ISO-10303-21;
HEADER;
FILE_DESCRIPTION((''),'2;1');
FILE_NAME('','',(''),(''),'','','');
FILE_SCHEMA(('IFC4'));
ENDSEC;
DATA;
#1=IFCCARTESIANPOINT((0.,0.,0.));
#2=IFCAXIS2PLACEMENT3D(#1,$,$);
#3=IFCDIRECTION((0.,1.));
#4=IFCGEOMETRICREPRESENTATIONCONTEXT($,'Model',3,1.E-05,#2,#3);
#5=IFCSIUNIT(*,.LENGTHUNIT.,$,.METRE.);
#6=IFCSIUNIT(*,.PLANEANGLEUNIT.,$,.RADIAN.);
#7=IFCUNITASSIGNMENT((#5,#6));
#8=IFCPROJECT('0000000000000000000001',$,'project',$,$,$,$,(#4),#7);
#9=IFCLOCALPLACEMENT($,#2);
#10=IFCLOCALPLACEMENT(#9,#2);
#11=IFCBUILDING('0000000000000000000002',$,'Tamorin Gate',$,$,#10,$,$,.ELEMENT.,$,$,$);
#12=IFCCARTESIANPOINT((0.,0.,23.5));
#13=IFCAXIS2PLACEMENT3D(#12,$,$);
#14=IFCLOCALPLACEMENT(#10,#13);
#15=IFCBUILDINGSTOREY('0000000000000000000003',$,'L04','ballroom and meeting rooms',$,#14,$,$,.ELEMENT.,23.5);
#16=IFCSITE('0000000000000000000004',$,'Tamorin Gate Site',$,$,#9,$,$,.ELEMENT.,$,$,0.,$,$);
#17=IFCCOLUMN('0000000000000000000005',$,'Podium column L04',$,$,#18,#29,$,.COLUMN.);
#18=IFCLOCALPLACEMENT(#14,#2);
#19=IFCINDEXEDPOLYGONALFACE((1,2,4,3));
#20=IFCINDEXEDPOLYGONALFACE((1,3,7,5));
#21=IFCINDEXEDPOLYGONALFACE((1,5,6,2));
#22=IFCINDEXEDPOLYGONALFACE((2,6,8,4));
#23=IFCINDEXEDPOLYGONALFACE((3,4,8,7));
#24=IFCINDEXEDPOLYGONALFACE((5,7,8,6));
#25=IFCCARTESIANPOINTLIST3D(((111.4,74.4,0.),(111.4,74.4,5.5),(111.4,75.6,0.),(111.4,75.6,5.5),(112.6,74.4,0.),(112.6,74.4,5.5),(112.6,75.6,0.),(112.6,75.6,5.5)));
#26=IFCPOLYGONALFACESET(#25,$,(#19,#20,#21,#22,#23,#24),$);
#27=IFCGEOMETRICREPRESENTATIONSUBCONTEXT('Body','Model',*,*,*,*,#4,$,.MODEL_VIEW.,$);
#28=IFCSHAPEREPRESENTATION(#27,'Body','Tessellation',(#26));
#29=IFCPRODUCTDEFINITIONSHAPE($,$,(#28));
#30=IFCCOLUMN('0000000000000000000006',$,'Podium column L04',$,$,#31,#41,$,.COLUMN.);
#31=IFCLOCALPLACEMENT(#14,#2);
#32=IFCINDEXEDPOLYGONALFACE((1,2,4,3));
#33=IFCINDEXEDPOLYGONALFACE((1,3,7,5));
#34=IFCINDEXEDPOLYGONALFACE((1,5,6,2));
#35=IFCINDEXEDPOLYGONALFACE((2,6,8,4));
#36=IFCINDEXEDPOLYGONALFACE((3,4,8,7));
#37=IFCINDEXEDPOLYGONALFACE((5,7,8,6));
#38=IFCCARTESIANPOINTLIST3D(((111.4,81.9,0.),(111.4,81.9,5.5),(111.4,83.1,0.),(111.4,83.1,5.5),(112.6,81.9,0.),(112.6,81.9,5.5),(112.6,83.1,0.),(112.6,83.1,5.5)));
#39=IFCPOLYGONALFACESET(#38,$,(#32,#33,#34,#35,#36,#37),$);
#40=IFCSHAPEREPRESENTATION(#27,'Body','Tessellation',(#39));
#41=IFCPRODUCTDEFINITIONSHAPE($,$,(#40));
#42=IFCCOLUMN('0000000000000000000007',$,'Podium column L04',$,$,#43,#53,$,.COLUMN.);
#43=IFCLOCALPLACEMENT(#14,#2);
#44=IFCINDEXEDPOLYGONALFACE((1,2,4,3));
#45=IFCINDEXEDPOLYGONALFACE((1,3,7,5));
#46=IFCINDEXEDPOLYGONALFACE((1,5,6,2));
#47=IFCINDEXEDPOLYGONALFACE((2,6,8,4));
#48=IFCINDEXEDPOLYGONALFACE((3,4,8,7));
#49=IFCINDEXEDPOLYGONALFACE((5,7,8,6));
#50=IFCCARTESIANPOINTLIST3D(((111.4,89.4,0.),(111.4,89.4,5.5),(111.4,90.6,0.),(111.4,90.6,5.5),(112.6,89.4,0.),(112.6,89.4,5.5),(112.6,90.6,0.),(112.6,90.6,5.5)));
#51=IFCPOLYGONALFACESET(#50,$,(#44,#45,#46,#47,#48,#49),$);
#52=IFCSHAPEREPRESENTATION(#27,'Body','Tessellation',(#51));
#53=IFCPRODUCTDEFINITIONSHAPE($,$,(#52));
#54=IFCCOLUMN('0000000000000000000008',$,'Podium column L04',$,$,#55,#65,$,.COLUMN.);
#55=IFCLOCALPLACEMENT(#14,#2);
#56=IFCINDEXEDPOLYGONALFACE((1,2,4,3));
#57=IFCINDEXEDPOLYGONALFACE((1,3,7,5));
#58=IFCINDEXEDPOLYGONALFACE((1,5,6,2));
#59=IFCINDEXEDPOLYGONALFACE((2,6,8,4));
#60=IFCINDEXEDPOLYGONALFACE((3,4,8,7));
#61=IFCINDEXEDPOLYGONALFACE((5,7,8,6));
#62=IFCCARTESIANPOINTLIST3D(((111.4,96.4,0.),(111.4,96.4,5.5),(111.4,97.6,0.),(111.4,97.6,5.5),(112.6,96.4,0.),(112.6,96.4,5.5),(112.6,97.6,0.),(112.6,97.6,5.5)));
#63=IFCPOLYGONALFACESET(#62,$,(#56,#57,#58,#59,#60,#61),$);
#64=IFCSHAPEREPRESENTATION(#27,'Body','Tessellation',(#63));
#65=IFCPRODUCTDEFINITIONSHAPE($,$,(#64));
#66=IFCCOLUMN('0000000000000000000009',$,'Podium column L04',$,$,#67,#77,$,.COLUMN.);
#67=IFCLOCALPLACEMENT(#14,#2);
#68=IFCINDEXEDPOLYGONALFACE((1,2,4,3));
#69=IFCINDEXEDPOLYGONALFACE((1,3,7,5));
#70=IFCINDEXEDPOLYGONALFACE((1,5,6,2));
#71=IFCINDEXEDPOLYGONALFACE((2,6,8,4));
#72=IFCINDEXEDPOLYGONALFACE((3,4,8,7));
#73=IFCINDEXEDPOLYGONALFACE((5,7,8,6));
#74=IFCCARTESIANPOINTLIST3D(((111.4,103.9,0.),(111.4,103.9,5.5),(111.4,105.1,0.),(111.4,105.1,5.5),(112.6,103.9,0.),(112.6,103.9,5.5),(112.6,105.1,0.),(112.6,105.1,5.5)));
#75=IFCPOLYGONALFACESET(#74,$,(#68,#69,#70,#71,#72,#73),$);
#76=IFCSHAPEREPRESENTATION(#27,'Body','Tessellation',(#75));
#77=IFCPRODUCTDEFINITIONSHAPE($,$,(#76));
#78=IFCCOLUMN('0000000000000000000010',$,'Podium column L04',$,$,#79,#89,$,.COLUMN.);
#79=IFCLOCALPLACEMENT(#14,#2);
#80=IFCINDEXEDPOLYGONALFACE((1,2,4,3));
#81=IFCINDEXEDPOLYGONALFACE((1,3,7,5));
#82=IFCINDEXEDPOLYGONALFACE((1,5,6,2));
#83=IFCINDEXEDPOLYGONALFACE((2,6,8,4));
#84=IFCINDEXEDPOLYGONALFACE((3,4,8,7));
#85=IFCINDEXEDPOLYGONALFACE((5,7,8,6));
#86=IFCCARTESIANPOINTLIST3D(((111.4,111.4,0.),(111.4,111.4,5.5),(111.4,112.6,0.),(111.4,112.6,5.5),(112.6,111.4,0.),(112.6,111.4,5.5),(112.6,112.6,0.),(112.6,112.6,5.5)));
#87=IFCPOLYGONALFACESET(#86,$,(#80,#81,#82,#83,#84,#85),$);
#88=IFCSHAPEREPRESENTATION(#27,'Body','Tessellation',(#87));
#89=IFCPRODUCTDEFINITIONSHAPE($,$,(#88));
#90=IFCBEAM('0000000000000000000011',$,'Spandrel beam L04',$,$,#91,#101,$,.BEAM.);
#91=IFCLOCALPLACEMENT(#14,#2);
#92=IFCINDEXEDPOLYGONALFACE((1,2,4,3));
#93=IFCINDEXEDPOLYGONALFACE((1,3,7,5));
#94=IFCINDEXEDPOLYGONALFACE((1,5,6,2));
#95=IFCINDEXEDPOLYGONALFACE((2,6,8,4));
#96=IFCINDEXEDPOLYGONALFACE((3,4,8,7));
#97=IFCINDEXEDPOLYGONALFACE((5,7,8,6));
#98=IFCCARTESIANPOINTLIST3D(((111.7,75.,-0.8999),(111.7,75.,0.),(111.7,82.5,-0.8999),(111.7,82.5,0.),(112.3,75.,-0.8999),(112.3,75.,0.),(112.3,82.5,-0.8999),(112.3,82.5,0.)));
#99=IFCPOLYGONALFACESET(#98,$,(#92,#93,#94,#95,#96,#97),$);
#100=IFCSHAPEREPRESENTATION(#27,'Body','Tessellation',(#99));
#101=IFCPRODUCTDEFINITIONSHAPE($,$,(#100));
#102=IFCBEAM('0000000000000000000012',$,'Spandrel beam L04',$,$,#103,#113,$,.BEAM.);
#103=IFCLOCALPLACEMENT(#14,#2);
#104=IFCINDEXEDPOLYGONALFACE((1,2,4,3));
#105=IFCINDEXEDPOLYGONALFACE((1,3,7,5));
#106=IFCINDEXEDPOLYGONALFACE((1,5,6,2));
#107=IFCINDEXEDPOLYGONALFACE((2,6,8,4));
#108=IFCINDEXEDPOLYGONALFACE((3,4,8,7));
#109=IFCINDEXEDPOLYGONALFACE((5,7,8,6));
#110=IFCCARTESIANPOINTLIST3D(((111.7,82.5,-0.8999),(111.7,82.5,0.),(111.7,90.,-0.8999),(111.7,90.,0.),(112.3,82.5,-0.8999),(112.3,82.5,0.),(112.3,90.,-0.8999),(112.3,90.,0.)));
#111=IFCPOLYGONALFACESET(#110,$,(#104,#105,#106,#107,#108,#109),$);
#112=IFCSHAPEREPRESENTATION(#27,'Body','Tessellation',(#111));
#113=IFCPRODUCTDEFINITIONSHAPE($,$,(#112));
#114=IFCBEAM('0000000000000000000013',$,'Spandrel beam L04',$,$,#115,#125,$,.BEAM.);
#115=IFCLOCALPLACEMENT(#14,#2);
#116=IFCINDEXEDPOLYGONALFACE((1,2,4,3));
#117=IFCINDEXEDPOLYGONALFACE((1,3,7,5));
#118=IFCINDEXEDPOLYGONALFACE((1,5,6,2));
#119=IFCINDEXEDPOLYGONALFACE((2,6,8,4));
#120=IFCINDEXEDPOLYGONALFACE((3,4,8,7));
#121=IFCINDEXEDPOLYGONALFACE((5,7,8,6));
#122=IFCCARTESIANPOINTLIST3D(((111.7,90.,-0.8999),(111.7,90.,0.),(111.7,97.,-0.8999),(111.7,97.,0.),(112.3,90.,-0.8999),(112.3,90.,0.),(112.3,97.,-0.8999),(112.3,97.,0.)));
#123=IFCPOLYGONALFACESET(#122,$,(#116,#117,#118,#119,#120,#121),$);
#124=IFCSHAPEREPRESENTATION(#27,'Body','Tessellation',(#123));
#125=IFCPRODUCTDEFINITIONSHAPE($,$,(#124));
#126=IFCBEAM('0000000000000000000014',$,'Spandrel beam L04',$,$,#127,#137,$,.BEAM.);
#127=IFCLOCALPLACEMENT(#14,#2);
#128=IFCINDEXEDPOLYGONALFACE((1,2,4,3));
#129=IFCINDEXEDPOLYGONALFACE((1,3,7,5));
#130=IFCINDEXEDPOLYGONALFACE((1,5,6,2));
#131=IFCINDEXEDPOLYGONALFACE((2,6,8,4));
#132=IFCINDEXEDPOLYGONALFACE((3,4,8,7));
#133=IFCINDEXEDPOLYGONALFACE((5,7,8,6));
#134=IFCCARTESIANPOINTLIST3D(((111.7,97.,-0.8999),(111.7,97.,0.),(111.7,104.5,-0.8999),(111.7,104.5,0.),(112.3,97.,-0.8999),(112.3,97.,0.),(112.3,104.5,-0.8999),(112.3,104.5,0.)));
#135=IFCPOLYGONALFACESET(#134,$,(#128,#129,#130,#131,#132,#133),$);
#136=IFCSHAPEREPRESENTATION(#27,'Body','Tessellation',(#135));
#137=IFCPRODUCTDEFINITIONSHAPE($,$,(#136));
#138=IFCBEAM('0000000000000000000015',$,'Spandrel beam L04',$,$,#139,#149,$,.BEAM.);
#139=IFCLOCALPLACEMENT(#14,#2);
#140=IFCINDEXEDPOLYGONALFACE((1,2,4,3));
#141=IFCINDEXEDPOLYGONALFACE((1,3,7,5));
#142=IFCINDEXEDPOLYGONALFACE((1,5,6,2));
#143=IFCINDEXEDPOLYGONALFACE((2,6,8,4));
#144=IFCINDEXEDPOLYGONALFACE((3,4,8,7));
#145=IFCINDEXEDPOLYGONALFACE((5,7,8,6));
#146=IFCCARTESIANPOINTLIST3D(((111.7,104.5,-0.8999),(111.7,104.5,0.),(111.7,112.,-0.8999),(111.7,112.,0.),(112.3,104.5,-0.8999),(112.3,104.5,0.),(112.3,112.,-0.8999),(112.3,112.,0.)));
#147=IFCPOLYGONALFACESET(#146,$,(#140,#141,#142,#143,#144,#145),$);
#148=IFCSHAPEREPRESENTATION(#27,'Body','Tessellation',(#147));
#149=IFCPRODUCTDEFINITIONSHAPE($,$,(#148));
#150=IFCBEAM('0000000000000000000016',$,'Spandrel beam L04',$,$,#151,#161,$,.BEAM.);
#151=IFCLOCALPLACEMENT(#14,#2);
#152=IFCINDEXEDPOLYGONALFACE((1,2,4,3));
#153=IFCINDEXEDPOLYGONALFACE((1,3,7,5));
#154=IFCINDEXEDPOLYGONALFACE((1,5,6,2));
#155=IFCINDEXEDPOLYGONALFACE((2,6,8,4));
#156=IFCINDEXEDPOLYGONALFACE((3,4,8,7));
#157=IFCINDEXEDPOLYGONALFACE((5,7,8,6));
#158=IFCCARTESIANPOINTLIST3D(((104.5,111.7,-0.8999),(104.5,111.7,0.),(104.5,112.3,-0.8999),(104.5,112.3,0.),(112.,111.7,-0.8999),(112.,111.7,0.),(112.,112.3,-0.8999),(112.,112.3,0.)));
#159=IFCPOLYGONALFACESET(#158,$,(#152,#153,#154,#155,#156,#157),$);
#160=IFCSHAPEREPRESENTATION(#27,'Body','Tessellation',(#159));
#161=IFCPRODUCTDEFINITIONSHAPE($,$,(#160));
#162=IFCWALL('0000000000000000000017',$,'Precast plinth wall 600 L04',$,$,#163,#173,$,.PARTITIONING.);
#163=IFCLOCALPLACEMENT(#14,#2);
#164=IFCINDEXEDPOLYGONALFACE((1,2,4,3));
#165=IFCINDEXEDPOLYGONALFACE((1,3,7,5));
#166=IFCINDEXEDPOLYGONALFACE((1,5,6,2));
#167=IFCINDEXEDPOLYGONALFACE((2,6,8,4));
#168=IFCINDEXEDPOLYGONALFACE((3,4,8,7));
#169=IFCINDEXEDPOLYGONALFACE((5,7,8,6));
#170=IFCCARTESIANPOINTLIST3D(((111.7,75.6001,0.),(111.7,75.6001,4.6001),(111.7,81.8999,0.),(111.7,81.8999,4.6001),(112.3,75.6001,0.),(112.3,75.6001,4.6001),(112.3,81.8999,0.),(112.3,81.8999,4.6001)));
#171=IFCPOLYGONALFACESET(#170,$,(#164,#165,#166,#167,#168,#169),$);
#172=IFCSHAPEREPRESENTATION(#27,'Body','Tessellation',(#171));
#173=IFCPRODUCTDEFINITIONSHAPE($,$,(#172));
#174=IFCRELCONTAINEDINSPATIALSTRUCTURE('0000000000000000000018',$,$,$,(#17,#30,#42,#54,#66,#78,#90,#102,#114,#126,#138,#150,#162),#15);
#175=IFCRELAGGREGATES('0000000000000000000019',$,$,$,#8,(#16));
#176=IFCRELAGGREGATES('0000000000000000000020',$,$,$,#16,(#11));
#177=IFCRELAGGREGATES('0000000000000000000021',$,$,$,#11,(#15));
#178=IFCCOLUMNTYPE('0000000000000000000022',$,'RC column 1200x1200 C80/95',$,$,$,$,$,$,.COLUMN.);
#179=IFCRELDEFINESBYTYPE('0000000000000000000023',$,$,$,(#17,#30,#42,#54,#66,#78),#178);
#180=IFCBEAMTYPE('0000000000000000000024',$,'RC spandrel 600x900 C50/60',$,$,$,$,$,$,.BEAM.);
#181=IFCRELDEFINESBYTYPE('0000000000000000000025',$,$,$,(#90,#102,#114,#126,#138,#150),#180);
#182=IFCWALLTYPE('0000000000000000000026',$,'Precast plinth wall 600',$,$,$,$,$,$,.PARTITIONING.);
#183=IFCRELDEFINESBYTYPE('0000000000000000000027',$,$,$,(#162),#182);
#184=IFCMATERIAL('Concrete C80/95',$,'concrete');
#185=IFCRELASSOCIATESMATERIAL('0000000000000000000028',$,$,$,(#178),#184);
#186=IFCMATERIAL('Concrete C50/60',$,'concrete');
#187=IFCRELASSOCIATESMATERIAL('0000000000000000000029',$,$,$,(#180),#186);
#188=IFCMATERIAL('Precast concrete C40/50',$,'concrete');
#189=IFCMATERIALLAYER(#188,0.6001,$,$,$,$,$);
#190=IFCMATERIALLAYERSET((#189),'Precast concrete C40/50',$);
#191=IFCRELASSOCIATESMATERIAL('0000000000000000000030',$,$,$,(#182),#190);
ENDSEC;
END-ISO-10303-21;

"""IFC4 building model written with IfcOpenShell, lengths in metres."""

from ifc_helpers import new_model, si_unit, direction, frame, frame_2d, origin, origin_2d, place, context, subcontext, project, spatial, rectangle, extrude, material, layer, layer_set, material_profile, profile_set, type_object, element, save


model = new_model("IFC4")

# Units and contexts
model_context = context("Model", 3, precision=1e-05, world=origin(), true_north=direction((0.0, 1.0)))
body_context = subcontext(model_context, "Body", "Model", "MODEL_VIEW")
ifc_project = project(units=[si_unit("LENGTHUNIT", "METRE"), si_unit("PLANEANGLEUNIT", "RADIAN")], contexts=[model_context])

# Site, building, storey
site_placement = place(None, origin())
site = spatial("IfcSite", under=ifc_project, at=site_placement, Name="Tamorin Gate Site", CompositionType="ELEMENT", RefElevation=0.0)
building_placement = place(site_placement, origin())
building = spatial("IfcBuilding", under=site, at=building_placement, Name="Tamorin Gate", CompositionType="ELEMENT")
storey_placement = place(building_placement, frame((0.0, 0.0, 23.5)))
storey = spatial("IfcBuildingStorey", under=building, at=storey_placement, Name="L04", Description="ballroom and meeting rooms", CompositionType="ELEMENT", Elevation=23.5)

# Columns
ifc_material_1 = material(Name="Concrete C80/95", Category="concrete")
ifc_material_profile_1 = material_profile(ifc_material_1, rectangle(XDim=1.2, YDim=1.2, at=origin_2d()), Name="RC 1200x1200")
ifc_profile_set_1 = profile_set([ifc_material_profile_1], Name="Concrete C80/95")
column_type = type_object("IfcColumnType", Name="RC column 1200x1200 C80/95", PredefinedType="COLUMN", material=ifc_profile_set_1)
for number, where, z_axis, x_axis, name in (
    (1, (112.0, 75.0, 0.0), (0.0, 0.0, 1.0), (1.0, 0.0, 0.0), "Podium column L04"),
    (2, (112.0, 82.5, 0.0), (0.0, 0.0, 1.0), (1.0, 0.0, 0.0), "Podium column L04"),
    (3, (112.0, 90.0, 0.0), (0.0, 0.0, 1.0), (1.0, 0.0, 0.0), "Podium column L04"),
    (4, (112.0, 97.0, 0.0), (0.0, 0.0, 1.0), (1.0, 0.0, 0.0), "Podium column L04"),
    (5, (112.0, 104.5, 0.0), (0.0, 0.0, 1.0), (1.0, 0.0, 0.0), "Podium column L04"),
    (6, (112.0, 112.0, 0.0), (0.0, 0.0, 1.0), (1.0, 0.0, 0.0), "Podium column L04"),
):
    element("IfcColumn", number, at=place(storey_placement, frame(where, z_axis=z_axis, x_axis=x_axis)), inside=storey, type_object=column_type, Name=name, PredefinedType="COLUMN", context=body_context, shape_type="SweptSolid", body=[
        extrude(rectangle(XDim=1.2, YDim=1.2, at=origin_2d()), origin(), (0.0, 0.0, 1.0), 5.5),
    ])

# Beams
ifc_material_2 = material(Name="Concrete C50/60", Category="concrete")
ifc_material_profile_2 = material_profile(ifc_material_2, rectangle(XDim=0.6001, YDim=0.8999, at=origin_2d()), Name="RC 600x900")
ifc_profile_set_2 = profile_set([ifc_material_profile_2], Name="Concrete C50/60")
beam_type = type_object("IfcBeamType", Name="RC spandrel 600x900 C50/60", PredefinedType="BEAM", material=ifc_profile_set_2)
for number, where, z_axis, x_axis, name in (
    (7, (112.0, 75.0, -0.45), (0.0, 1.0, 0.0), (-1.0, 0.0, 0.0), "Spandrel beam L04"),
    (8, (112.0, 82.5, -0.45), (0.0, 1.0, 0.0), (-1.0, 0.0, 0.0), "Spandrel beam L04"),
):
    element("IfcBeam", number, at=place(storey_placement, frame(where, z_axis=z_axis, x_axis=x_axis)), inside=storey, type_object=beam_type, Name=name, PredefinedType="BEAM", context=body_context, shape_type="SweptSolid", body=[
        extrude(rectangle(XDim=0.6001, YDim=0.8999, at=origin_2d()), origin(), (0.0, 0.0, 1.0), 7.5),
    ])
beam_placement = place(storey_placement, frame((112.0, 90.0, -0.45), z_axis=(0.0, 1.0, 0.0), x_axis=(-1.0, 0.0, 0.0)))
element("IfcBeam", 9, at=beam_placement, inside=storey, type_object=beam_type, Name="Spandrel beam L04", PredefinedType="BEAM", context=body_context, shape_type="SweptSolid", body=[
    extrude(rectangle(XDim=0.6001, YDim=0.8999, at=origin_2d()), origin(), (0.0, 0.0, 1.0), 7.0),
])
for number, where, z_axis, x_axis, name in (
    (10, (112.0, 97.0, -0.45), (0.0, 1.0, 0.0), (-1.0, 0.0, 0.0), "Spandrel beam L04"),
    (11, (112.0, 104.5, -0.45), (0.0, 1.0, 0.0), (-1.0, 0.0, 0.0), "Spandrel beam L04"),
    (12, (112.0, 112.0, -0.45), (-1.0, 0.0, 0.0), (0.0, -1.0, 0.0), "Spandrel beam L04"),
):
    element("IfcBeam", number, at=place(storey_placement, frame(where, z_axis=z_axis, x_axis=x_axis)), inside=storey, type_object=beam_type, Name=name, PredefinedType="BEAM", context=body_context, shape_type="SweptSolid", body=[
        extrude(rectangle(XDim=0.6001, YDim=0.8999, at=origin_2d()), origin(), (0.0, 0.0, 1.0), 7.5),
    ])

# Wall
ifc_material_3 = material(Name="Precast concrete C40/50", Category="concrete")
ifc_layer = layer(ifc_material_3, 0.6001)
ifc_layer_set = layer_set([ifc_layer], Name="Precast concrete C40/50")
wall_type = type_object("IfcWallType", Name="Precast plinth wall 600", PredefinedType="PARTITIONING", material=ifc_layer_set)
wall_1_placement = place(storey_placement, frame((112.0, 75.6001, 0.0), z_axis=(0.0, 0.0, 1.0), x_axis=(0.0, 1.0, 0.0)))
element("IfcWall", 13, at=wall_1_placement, inside=storey, type_object=wall_type, Name="Precast plinth wall 600 L04", PredefinedType="PARTITIONING", context=body_context, shape_type="SweptSolid", body=[
    extrude(rectangle(XDim=6.2998, YDim=0.6001, at=frame_2d((3.1499, 0.0))), origin(), (0.0, 0.0, 1.0), 4.6001),
])

save(model, "model.ifc")
